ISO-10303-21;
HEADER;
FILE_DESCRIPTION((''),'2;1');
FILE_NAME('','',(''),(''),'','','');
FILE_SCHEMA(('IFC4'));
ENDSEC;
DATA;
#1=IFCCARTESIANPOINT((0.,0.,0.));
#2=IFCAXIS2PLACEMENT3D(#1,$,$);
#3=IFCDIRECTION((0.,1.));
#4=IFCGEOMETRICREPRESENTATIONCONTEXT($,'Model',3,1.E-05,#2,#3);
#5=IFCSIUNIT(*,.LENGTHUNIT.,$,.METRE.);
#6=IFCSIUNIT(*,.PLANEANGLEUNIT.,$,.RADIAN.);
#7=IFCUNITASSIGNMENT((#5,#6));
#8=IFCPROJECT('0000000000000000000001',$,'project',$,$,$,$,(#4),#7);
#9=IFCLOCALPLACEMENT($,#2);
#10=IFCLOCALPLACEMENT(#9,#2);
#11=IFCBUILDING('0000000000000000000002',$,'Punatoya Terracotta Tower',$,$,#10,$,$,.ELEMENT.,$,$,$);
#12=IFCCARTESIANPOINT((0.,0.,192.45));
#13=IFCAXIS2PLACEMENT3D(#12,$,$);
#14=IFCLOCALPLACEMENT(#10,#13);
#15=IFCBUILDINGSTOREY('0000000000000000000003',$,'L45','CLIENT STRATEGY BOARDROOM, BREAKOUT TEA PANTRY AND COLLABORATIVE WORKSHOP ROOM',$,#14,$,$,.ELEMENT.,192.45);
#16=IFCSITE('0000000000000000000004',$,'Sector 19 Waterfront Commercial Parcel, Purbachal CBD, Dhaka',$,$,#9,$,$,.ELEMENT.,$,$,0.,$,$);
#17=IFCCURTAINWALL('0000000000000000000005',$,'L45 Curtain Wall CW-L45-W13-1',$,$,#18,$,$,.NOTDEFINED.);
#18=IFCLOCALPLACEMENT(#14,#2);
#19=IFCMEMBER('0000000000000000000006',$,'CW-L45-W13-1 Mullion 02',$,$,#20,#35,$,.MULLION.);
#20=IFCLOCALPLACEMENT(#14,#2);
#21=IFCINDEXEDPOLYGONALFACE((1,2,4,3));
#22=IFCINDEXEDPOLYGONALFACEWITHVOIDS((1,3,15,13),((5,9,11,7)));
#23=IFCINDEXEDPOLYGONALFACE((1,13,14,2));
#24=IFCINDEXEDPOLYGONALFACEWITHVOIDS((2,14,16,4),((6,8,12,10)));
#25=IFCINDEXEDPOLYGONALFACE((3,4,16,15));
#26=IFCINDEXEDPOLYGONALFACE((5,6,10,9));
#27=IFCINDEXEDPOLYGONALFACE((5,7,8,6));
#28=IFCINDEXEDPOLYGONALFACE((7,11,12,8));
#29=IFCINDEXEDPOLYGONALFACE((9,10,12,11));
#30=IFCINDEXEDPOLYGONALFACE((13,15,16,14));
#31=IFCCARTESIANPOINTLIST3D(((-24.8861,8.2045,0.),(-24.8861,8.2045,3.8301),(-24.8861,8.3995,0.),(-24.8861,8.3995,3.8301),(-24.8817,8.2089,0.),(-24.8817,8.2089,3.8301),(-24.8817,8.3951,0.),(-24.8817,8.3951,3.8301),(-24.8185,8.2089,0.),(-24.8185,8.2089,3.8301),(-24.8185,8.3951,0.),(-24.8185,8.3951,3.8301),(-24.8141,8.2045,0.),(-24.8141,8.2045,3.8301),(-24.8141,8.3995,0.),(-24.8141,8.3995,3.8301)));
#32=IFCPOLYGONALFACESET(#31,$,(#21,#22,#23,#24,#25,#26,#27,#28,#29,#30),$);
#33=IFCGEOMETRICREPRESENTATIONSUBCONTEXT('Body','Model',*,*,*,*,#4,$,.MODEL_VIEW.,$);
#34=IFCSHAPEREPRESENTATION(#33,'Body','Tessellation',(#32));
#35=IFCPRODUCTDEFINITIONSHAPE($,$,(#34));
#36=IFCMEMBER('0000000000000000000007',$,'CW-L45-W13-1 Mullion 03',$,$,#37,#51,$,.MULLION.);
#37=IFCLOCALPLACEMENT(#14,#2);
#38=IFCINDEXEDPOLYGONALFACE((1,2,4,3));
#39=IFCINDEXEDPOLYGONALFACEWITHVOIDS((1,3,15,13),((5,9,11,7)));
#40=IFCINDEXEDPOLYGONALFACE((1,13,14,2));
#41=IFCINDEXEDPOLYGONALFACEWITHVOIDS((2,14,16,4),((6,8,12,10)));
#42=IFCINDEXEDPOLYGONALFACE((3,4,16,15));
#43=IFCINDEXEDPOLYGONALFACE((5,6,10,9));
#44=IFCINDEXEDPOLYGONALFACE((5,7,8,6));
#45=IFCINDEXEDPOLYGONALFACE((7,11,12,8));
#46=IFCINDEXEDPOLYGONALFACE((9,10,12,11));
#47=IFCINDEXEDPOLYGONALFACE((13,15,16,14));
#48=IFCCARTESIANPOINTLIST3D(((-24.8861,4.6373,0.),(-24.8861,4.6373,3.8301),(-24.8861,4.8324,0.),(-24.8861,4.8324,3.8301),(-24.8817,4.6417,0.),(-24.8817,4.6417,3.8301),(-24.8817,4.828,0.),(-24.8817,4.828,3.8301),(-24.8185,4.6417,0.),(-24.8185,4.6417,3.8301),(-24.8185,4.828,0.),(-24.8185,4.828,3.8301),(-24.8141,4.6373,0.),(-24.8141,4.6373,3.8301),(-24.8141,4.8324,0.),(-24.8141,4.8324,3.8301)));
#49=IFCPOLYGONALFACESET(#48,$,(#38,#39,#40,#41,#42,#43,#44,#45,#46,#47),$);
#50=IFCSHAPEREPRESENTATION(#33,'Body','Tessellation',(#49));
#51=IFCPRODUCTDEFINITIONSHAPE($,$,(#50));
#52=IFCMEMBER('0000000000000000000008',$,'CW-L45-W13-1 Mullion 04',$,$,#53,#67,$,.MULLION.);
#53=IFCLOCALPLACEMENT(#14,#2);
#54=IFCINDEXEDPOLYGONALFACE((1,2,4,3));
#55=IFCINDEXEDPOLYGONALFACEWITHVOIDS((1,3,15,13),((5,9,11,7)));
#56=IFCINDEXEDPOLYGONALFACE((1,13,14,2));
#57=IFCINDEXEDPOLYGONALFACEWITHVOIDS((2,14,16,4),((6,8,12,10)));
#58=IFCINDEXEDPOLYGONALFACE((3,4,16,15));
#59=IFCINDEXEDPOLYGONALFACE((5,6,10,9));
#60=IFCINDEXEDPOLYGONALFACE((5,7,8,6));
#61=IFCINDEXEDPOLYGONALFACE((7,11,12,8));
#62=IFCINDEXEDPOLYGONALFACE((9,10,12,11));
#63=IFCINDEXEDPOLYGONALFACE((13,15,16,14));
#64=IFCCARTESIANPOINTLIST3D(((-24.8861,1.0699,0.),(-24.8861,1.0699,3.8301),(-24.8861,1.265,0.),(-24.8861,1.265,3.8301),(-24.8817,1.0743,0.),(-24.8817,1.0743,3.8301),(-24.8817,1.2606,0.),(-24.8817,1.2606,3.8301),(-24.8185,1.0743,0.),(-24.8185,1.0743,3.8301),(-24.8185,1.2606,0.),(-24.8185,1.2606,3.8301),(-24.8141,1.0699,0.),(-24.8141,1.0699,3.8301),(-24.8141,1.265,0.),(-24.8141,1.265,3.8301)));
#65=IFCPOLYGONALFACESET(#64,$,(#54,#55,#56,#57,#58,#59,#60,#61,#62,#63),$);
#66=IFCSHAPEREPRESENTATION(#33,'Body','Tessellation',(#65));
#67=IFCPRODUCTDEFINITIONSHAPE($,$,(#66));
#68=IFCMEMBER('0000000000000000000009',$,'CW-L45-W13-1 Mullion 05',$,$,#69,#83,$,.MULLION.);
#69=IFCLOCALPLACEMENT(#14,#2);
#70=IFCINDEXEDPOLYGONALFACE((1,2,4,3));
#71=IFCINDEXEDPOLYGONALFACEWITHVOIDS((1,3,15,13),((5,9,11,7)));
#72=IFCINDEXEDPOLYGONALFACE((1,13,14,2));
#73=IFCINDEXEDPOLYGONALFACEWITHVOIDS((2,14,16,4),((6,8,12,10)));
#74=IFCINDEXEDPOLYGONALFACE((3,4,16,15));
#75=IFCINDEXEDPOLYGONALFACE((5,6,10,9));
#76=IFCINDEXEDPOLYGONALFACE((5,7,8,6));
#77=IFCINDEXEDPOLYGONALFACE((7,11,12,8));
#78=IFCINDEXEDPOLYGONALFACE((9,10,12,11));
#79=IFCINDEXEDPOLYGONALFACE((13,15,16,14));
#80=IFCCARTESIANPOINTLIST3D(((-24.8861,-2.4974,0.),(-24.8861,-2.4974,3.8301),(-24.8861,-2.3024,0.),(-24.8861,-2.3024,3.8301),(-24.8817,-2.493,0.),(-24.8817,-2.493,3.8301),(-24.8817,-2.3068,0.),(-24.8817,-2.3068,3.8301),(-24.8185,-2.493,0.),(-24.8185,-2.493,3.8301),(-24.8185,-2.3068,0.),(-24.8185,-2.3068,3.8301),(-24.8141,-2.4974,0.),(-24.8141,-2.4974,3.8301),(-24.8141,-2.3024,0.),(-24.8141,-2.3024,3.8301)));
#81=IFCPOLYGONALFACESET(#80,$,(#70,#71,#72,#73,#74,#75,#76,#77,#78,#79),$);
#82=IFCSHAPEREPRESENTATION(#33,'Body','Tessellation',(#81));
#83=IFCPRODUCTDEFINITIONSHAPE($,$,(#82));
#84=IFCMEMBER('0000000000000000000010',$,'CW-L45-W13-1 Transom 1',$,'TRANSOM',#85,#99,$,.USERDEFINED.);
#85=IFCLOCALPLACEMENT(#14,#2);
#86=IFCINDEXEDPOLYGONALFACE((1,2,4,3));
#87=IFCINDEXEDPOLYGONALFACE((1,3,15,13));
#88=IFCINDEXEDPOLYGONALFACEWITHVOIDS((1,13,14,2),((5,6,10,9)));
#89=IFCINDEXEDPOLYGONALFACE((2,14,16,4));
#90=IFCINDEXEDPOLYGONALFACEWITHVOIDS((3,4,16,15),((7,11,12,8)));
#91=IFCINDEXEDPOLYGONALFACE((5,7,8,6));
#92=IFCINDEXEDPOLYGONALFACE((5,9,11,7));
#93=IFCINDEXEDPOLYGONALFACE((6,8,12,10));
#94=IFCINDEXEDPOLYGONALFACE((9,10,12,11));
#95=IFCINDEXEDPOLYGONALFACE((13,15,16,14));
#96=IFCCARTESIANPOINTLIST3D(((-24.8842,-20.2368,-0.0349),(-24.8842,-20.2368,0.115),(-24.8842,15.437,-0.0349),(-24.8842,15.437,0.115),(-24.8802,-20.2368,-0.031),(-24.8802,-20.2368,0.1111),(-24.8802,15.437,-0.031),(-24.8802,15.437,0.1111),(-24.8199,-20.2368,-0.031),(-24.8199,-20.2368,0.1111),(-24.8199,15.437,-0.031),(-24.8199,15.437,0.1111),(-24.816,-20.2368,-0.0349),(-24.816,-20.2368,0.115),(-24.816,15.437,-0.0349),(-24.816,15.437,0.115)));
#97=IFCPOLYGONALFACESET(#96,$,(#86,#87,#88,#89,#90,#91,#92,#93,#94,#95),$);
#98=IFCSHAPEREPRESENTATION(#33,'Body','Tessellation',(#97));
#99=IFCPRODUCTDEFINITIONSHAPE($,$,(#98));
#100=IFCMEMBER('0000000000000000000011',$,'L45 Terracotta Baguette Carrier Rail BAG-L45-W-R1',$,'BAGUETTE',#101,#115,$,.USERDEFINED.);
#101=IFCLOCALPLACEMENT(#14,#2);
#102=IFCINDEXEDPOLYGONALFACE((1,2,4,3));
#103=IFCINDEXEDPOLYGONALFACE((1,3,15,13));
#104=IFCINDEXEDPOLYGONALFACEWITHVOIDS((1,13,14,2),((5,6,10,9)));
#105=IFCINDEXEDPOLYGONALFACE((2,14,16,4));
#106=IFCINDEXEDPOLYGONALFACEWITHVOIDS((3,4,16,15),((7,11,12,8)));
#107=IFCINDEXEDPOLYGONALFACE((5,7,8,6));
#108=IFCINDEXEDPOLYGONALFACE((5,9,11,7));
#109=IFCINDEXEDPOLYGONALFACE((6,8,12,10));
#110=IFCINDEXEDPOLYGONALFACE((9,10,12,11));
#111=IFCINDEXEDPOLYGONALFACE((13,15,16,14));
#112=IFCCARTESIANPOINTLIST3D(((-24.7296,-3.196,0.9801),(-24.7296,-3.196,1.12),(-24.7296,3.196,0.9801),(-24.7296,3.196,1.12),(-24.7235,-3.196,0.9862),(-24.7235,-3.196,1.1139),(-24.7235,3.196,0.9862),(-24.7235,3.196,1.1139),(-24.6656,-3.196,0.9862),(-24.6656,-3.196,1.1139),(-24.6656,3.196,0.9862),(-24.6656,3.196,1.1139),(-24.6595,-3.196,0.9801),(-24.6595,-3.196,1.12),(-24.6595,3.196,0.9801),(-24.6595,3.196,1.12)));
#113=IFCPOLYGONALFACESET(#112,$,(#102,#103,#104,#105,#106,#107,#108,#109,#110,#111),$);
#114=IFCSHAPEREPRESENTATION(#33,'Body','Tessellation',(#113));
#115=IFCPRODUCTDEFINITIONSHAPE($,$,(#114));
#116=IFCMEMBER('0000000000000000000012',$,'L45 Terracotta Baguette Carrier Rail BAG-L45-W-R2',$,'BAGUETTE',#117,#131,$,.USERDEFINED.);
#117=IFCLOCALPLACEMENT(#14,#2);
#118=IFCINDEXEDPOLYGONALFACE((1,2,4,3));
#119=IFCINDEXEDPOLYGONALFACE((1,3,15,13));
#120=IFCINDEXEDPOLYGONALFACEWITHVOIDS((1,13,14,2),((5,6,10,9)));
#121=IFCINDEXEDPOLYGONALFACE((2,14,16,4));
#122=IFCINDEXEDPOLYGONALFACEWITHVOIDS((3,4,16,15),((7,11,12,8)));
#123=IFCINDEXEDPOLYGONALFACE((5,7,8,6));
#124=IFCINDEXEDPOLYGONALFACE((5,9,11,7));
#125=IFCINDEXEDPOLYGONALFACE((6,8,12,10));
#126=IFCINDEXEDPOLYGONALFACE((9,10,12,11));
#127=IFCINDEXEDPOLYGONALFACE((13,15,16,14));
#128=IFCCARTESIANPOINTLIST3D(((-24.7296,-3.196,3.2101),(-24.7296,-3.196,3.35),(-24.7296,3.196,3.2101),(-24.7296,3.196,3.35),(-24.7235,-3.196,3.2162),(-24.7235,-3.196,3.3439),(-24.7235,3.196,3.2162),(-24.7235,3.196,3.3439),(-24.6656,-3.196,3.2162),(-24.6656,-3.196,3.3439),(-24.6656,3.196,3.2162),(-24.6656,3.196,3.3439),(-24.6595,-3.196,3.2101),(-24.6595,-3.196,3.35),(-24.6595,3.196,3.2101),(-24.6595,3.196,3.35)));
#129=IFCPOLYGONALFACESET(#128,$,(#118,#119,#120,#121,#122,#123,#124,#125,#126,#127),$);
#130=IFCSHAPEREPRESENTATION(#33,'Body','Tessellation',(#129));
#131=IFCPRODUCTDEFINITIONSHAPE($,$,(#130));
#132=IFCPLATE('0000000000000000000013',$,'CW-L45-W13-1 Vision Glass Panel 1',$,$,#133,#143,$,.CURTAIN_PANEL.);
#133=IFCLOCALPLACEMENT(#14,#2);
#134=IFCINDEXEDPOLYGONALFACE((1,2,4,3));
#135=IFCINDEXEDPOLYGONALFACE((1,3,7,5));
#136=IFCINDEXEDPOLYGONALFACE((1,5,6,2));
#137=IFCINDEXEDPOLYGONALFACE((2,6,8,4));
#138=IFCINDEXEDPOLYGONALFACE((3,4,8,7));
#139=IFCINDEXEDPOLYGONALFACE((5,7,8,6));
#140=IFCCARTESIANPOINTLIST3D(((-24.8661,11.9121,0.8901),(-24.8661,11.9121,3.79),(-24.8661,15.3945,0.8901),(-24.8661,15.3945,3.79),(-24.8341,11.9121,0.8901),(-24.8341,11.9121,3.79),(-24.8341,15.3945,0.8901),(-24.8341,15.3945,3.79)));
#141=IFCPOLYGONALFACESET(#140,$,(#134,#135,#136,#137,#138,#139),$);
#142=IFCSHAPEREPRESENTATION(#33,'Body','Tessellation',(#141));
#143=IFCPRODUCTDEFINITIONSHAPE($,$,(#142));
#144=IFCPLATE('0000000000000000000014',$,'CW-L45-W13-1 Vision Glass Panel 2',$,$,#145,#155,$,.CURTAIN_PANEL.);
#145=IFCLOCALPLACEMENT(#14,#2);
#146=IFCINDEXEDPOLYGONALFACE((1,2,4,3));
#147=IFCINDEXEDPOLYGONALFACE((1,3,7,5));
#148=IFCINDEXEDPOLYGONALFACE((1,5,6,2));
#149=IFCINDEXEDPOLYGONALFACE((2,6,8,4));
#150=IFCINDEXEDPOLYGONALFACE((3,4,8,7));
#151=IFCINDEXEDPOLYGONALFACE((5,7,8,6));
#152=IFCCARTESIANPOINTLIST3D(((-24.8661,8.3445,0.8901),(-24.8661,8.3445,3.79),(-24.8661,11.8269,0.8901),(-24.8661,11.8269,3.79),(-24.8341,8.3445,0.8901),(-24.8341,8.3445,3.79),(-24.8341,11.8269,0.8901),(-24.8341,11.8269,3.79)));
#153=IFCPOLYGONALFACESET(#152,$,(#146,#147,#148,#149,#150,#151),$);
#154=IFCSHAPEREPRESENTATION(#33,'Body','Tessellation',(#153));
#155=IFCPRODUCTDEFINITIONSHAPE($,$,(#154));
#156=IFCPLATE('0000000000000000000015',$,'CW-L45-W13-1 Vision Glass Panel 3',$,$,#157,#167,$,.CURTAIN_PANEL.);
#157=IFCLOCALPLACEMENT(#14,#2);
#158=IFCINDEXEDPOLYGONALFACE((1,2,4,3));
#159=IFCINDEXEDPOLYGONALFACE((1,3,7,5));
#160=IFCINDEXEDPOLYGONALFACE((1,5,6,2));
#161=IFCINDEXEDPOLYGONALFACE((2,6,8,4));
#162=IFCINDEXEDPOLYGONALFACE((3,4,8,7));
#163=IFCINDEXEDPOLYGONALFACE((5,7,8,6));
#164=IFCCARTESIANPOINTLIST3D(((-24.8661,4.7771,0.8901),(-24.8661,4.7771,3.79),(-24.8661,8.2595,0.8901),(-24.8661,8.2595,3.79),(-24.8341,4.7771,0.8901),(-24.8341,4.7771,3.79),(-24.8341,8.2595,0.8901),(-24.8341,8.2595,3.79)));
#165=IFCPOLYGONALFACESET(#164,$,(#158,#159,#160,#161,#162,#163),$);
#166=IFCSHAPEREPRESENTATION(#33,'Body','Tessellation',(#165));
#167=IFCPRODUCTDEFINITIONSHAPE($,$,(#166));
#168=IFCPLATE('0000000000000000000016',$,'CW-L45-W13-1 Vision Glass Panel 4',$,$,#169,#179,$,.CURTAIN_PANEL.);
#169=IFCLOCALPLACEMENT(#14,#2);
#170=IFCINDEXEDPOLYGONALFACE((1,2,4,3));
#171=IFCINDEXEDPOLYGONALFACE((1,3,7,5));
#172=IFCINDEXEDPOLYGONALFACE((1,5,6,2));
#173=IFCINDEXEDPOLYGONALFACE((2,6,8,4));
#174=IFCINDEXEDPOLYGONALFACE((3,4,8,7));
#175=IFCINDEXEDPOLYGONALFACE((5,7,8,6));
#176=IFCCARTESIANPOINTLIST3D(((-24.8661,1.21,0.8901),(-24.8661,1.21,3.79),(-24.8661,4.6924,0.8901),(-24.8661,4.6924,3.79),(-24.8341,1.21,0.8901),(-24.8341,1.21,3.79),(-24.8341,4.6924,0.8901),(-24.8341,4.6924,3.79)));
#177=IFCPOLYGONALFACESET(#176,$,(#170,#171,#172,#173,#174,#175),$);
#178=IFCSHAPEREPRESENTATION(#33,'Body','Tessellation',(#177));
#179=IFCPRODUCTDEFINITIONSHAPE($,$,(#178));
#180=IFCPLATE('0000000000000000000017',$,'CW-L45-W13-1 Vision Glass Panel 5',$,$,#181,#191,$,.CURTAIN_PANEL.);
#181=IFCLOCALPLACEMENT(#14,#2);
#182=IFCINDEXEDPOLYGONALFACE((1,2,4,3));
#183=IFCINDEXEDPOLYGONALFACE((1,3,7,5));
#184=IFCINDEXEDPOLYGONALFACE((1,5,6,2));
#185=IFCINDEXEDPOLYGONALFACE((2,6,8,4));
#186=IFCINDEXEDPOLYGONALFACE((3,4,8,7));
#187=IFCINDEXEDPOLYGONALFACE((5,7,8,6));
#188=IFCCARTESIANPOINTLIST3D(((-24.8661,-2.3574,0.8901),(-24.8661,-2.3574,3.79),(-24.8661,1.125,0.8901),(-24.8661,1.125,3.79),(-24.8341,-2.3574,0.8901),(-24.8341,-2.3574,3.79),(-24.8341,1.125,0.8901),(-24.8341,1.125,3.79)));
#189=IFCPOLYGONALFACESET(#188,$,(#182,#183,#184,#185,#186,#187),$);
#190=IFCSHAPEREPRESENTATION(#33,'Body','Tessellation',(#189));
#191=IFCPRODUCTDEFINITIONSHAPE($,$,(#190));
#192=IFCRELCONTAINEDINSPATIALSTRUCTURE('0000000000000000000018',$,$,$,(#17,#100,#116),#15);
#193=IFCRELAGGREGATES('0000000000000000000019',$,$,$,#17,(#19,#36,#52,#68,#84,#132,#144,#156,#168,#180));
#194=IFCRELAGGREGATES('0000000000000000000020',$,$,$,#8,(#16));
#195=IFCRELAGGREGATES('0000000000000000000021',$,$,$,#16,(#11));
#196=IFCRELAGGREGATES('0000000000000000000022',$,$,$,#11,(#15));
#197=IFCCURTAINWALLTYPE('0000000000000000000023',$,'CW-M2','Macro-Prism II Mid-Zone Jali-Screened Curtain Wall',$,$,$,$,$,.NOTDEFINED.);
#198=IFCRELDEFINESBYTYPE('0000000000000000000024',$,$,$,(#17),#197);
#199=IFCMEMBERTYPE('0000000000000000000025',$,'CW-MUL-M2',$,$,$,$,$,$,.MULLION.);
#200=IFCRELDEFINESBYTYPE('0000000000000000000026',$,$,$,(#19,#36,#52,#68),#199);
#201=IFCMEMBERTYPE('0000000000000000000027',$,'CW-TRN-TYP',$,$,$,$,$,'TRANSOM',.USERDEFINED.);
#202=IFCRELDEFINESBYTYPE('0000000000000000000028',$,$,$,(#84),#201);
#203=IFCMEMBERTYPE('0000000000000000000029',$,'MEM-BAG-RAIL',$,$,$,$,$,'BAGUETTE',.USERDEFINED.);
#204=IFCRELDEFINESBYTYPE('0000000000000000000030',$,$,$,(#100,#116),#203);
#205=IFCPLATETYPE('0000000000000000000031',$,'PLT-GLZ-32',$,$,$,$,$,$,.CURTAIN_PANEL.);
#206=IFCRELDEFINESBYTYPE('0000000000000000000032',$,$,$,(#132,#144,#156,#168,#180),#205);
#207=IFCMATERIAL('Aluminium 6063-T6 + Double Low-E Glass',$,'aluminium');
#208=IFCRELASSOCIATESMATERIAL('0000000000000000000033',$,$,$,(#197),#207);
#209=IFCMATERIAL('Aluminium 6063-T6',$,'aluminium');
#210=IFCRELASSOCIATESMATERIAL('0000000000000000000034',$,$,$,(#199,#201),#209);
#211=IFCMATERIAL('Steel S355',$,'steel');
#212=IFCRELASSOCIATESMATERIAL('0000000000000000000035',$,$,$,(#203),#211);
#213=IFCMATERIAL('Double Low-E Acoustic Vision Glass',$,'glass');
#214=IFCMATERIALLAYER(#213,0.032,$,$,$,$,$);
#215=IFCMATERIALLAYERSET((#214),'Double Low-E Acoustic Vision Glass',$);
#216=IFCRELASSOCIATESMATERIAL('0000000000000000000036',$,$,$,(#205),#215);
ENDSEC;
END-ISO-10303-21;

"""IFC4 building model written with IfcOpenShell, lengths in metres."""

from ifc_helpers import new_model, si_unit, direction, frame, origin, origin_2d, place, context, subcontext, project, spatial, rectangle, hollow_rectangle, extrude, material, layer, layer_set, material_profile, profile_set, type_object, element, aggregate, save


model = new_model("IFC4")

# Units and contexts
model_context = context("Model", 3, precision=1e-05, world=origin(), true_north=direction((0.0, 1.0)))
body_context = subcontext(model_context, "Body", "Model", "MODEL_VIEW")
ifc_project = project(units=[si_unit("LENGTHUNIT", "METRE"), si_unit("PLANEANGLEUNIT", "RADIAN")], contexts=[model_context])

# Site, building, storey
site_placement = place(None, origin())
site = spatial("IfcSite", under=ifc_project, at=site_placement, Name="Sector 19 Waterfront Commercial Parcel, Purbachal CBD, Dhaka", CompositionType="ELEMENT", RefElevation=0.0)
building_placement = place(site_placement, origin())
building = spatial("IfcBuilding", under=site, at=building_placement, Name="Punatoya Terracotta Tower", CompositionType="ELEMENT")
storey_placement = place(building_placement, frame((0.0, 0.0, 192.45)))
storey = spatial("IfcBuildingStorey", under=building, at=storey_placement, Name="L45", Description="CLIENT STRATEGY BOARDROOM, BREAKOUT TEA PANTRY AND COLLABORATIVE WORKSHOP ROOM", CompositionType="ELEMENT", Elevation=192.45)

# Curtain wall, members
ifc_material_1 = material(Name="Aluminium 6063-T6 + Double Low-E Glass", Category="aluminium")
curtain_wall_type = type_object("IfcCurtainWallType", Name="CW-M2", Description="Macro-Prism II Mid-Zone Jali-Screened Curtain Wall", PredefinedType="NOTDEFINED", material=ifc_material_1)
curtain_wall_placement = place(storey_placement, origin())
curtain_wall = element("IfcCurtainWall", 1, at=curtain_wall_placement, inside=storey, type_object=curtain_wall_type, Name="L45 Curtain Wall CW-L45-W13-1", PredefinedType="NOTDEFINED")
ifc_material_2 = material(Name="Aluminium 6063-T6", Category="aluminium")
ifc_material_profile_1 = material_profile(ifc_material_2, hollow_rectangle(XDim=0.072, YDim=0.1951, WallThickness=0.0044, at=origin_2d()))
ifc_profile_set_1 = profile_set([ifc_material_profile_1], Name="Aluminium 6063-T6")
member_type_1 = type_object("IfcMemberType", Name="CW-MUL-M2", PredefinedType="MULLION", material=ifc_profile_set_1)
member_1_placement = place(storey_placement, frame((-24.8501, 8.302, 0.0), z_axis=(0.0, 0.0, 1.0), x_axis=(1.0, 0.0, 0.0)))
member_1 = element("IfcMember", 2, at=member_1_placement, type_object=member_type_1, Name="CW-L45-W13-1 Mullion 02", PredefinedType="MULLION", context=body_context, shape_type="SweptSolid", body=[
    extrude(hollow_rectangle(XDim=0.072, YDim=0.1951, WallThickness=0.0044, at=origin_2d()), origin(), (0.0, 0.0, 1.0), 3.8301),
])
member_2_placement = place(storey_placement, frame((-24.8501, 4.7349, 0.0), z_axis=(0.0, 0.0, 1.0), x_axis=(1.0, 0.0, 0.0)))
member_2 = element("IfcMember", 3, at=member_2_placement, type_object=member_type_1, Name="CW-L45-W13-1 Mullion 03", PredefinedType="MULLION", context=body_context, shape_type="SweptSolid", body=[
    extrude(hollow_rectangle(XDim=0.072, YDim=0.1951, WallThickness=0.0044, at=origin_2d()), origin(), (0.0, 0.0, 1.0), 3.8301),
])
member_3_placement = place(storey_placement, frame((-24.8501, 1.1675, 0.0), z_axis=(0.0, 0.0, 1.0), x_axis=(1.0, 0.0, 0.0)))
member_3 = element("IfcMember", 4, at=member_3_placement, type_object=member_type_1, Name="CW-L45-W13-1 Mullion 04", PredefinedType="MULLION", context=body_context, shape_type="SweptSolid", body=[
    extrude(hollow_rectangle(XDim=0.072, YDim=0.1951, WallThickness=0.0044, at=origin_2d()), origin(), (0.0, 0.0, 1.0), 3.8301),
])
member_4_placement = place(storey_placement, frame((-24.8501, -2.3999, 0.0), z_axis=(0.0, 0.0, 1.0), x_axis=(1.0, 0.0, 0.0)))
member_4 = element("IfcMember", 5, at=member_4_placement, type_object=member_type_1, Name="CW-L45-W13-1 Mullion 05", PredefinedType="MULLION", context=body_context, shape_type="SweptSolid", body=[
    extrude(hollow_rectangle(XDim=0.072, YDim=0.1951, WallThickness=0.0044, at=origin_2d()), origin(), (0.0, 0.0, 1.0), 3.8301),
])
ifc_material_profile_2 = material_profile(ifc_material_2, hollow_rectangle(XDim=0.0681, YDim=0.1499, WallThickness=0.0039, at=origin_2d()))
ifc_profile_set_2 = profile_set([ifc_material_profile_2], Name="Aluminium 6063-T6")
member_type_2 = type_object("IfcMemberType", Name="CW-TRN-TYP", ElementType="TRANSOM", PredefinedType="USERDEFINED", material=ifc_profile_set_2)
member_5_placement = place(storey_placement, frame((-24.8501, 15.437, 0.04), z_axis=(0.0, -1.0, 0.0), x_axis=(1.0, 0.0, 0.0)))
member_5 = element("IfcMember", 6, at=member_5_placement, type_object=member_type_2, Name="CW-L45-W13-1 Transom 1", ObjectType="TRANSOM", PredefinedType="USERDEFINED", context=body_context, shape_type="SweptSolid", body=[
    extrude(hollow_rectangle(XDim=0.0681, YDim=0.1499, WallThickness=0.0039, at=origin_2d()), origin(), (0.0, 0.0, 1.0), 35.6738),
])

# Members
ifc_material_3 = material(Name="Steel S355", Category="steel")
ifc_material_profile_3 = material_profile(ifc_material_3, hollow_rectangle(XDim=0.0701, YDim=0.1399, WallThickness=0.0061, at=origin_2d()))
ifc_profile_set_3 = profile_set([ifc_material_profile_3], Name="Steel S355")
member_type_3 = type_object("IfcMemberType", Name="MEM-BAG-RAIL", ElementType="BAGUETTE", PredefinedType="USERDEFINED", material=ifc_profile_set_3)
for number, where, z_axis, x_axis, name in (
    (7, (-24.6946, -3.196, 1.05), (0.0, 1.0, 0.0), (-1.0, 0.0, 0.0), "L45 Terracotta Baguette Carrier Rail BAG-L45-W-R1"),
    (8, (-24.6946, -3.196, 3.28), (0.0, 1.0, 0.0), (-1.0, 0.0, 0.0), "L45 Terracotta Baguette Carrier Rail BAG-L45-W-R2"),
):
    element("IfcMember", number, at=place(storey_placement, frame(where, z_axis=z_axis, x_axis=x_axis)), inside=storey, type_object=member_type_3, Name=name, ObjectType="BAGUETTE", PredefinedType="USERDEFINED", context=body_context, shape_type="SweptSolid", body=[
        extrude(hollow_rectangle(XDim=0.0701, YDim=0.1399, WallThickness=0.0061, at=origin_2d()), origin(), (0.0, 0.0, 1.0), 6.3921),
    ])

# Plates
ifc_material_4 = material(Name="Double Low-E Acoustic Vision Glass", Category="glass")
ifc_layer_1 = layer(ifc_material_4, 0.032)
ifc_layer_set_1 = layer_set([ifc_layer_1], Name="Double Low-E Acoustic Vision Glass")
plate_type_1 = type_object("IfcPlateType", Name="PLT-GLZ-32", PredefinedType="CURTAIN_PANEL", material=ifc_layer_set_1)
plate_1_placement = place(storey_placement, frame((-24.8501, 13.6533, 0.8901), z_axis=(0.0, 0.0, 1.0), x_axis=(0.0, -1.0, 0.0)))
plate_1 = element("IfcPlate", 9, at=plate_1_placement, type_object=plate_type_1, Name="CW-L45-W13-1 Vision Glass Panel 1", PredefinedType="CURTAIN_PANEL", context=body_context, shape_type="SweptSolid", body=[
    extrude(rectangle(XDim=3.4824, YDim=0.032, at=origin_2d()), origin(), (0.0, 0.0, 1.0), 2.8999),
])
plate_2_placement = place(storey_placement, frame((-24.8501, 10.0857, 0.8901), z_axis=(0.0, 0.0, 1.0), x_axis=(0.0, -1.0, 0.0)))
plate_2 = element("IfcPlate", 10, at=plate_2_placement, type_object=plate_type_1, Name="CW-L45-W13-1 Vision Glass Panel 2", PredefinedType="CURTAIN_PANEL", context=body_context, shape_type="SweptSolid", body=[
    extrude(rectangle(XDim=3.4824, YDim=0.032, at=origin_2d()), origin(), (0.0, 0.0, 1.0), 2.8999),
])
plate_3_placement = place(storey_placement, frame((-24.8501, 6.5183, 0.8901), z_axis=(0.0, 0.0, 1.0), x_axis=(0.0, -1.0, 0.0)))
plate_3 = element("IfcPlate", 11, at=plate_3_placement, type_object=plate_type_1, Name="CW-L45-W13-1 Vision Glass Panel 3", PredefinedType="CURTAIN_PANEL", context=body_context, shape_type="SweptSolid", body=[
    extrude(rectangle(XDim=3.4824, YDim=0.032, at=origin_2d()), origin(), (0.0, 0.0, 1.0), 2.8999),
])
plate_4_placement = place(storey_placement, frame((-24.8501, 2.9512, 0.8901), z_axis=(0.0, 0.0, 1.0), x_axis=(0.0, -1.0, 0.0)))
plate_4 = element("IfcPlate", 12, at=plate_4_placement, type_object=plate_type_1, Name="CW-L45-W13-1 Vision Glass Panel 4", PredefinedType="CURTAIN_PANEL", context=body_context, shape_type="SweptSolid", body=[
    extrude(rectangle(XDim=3.4824, YDim=0.032, at=origin_2d()), origin(), (0.0, 0.0, 1.0), 2.8999),
])
plate_5_placement = place(storey_placement, frame((-24.8501, -0.6162, 0.8901), z_axis=(0.0, 0.0, 1.0), x_axis=(0.0, -1.0, 0.0)))
plate_5 = element("IfcPlate", 13, at=plate_5_placement, type_object=plate_type_1, Name="CW-L45-W13-1 Vision Glass Panel 5", PredefinedType="CURTAIN_PANEL", context=body_context, shape_type="SweptSolid", body=[
    extrude(rectangle(XDim=3.4824, YDim=0.032, at=origin_2d()), origin(), (0.0, 0.0, 1.0), 2.8999),
])
aggregate(curtain_wall, [member_1, member_2, member_3, member_4, member_5, plate_1, plate_2, plate_3, plate_4, plate_5])

save(model, "model.ifc")
